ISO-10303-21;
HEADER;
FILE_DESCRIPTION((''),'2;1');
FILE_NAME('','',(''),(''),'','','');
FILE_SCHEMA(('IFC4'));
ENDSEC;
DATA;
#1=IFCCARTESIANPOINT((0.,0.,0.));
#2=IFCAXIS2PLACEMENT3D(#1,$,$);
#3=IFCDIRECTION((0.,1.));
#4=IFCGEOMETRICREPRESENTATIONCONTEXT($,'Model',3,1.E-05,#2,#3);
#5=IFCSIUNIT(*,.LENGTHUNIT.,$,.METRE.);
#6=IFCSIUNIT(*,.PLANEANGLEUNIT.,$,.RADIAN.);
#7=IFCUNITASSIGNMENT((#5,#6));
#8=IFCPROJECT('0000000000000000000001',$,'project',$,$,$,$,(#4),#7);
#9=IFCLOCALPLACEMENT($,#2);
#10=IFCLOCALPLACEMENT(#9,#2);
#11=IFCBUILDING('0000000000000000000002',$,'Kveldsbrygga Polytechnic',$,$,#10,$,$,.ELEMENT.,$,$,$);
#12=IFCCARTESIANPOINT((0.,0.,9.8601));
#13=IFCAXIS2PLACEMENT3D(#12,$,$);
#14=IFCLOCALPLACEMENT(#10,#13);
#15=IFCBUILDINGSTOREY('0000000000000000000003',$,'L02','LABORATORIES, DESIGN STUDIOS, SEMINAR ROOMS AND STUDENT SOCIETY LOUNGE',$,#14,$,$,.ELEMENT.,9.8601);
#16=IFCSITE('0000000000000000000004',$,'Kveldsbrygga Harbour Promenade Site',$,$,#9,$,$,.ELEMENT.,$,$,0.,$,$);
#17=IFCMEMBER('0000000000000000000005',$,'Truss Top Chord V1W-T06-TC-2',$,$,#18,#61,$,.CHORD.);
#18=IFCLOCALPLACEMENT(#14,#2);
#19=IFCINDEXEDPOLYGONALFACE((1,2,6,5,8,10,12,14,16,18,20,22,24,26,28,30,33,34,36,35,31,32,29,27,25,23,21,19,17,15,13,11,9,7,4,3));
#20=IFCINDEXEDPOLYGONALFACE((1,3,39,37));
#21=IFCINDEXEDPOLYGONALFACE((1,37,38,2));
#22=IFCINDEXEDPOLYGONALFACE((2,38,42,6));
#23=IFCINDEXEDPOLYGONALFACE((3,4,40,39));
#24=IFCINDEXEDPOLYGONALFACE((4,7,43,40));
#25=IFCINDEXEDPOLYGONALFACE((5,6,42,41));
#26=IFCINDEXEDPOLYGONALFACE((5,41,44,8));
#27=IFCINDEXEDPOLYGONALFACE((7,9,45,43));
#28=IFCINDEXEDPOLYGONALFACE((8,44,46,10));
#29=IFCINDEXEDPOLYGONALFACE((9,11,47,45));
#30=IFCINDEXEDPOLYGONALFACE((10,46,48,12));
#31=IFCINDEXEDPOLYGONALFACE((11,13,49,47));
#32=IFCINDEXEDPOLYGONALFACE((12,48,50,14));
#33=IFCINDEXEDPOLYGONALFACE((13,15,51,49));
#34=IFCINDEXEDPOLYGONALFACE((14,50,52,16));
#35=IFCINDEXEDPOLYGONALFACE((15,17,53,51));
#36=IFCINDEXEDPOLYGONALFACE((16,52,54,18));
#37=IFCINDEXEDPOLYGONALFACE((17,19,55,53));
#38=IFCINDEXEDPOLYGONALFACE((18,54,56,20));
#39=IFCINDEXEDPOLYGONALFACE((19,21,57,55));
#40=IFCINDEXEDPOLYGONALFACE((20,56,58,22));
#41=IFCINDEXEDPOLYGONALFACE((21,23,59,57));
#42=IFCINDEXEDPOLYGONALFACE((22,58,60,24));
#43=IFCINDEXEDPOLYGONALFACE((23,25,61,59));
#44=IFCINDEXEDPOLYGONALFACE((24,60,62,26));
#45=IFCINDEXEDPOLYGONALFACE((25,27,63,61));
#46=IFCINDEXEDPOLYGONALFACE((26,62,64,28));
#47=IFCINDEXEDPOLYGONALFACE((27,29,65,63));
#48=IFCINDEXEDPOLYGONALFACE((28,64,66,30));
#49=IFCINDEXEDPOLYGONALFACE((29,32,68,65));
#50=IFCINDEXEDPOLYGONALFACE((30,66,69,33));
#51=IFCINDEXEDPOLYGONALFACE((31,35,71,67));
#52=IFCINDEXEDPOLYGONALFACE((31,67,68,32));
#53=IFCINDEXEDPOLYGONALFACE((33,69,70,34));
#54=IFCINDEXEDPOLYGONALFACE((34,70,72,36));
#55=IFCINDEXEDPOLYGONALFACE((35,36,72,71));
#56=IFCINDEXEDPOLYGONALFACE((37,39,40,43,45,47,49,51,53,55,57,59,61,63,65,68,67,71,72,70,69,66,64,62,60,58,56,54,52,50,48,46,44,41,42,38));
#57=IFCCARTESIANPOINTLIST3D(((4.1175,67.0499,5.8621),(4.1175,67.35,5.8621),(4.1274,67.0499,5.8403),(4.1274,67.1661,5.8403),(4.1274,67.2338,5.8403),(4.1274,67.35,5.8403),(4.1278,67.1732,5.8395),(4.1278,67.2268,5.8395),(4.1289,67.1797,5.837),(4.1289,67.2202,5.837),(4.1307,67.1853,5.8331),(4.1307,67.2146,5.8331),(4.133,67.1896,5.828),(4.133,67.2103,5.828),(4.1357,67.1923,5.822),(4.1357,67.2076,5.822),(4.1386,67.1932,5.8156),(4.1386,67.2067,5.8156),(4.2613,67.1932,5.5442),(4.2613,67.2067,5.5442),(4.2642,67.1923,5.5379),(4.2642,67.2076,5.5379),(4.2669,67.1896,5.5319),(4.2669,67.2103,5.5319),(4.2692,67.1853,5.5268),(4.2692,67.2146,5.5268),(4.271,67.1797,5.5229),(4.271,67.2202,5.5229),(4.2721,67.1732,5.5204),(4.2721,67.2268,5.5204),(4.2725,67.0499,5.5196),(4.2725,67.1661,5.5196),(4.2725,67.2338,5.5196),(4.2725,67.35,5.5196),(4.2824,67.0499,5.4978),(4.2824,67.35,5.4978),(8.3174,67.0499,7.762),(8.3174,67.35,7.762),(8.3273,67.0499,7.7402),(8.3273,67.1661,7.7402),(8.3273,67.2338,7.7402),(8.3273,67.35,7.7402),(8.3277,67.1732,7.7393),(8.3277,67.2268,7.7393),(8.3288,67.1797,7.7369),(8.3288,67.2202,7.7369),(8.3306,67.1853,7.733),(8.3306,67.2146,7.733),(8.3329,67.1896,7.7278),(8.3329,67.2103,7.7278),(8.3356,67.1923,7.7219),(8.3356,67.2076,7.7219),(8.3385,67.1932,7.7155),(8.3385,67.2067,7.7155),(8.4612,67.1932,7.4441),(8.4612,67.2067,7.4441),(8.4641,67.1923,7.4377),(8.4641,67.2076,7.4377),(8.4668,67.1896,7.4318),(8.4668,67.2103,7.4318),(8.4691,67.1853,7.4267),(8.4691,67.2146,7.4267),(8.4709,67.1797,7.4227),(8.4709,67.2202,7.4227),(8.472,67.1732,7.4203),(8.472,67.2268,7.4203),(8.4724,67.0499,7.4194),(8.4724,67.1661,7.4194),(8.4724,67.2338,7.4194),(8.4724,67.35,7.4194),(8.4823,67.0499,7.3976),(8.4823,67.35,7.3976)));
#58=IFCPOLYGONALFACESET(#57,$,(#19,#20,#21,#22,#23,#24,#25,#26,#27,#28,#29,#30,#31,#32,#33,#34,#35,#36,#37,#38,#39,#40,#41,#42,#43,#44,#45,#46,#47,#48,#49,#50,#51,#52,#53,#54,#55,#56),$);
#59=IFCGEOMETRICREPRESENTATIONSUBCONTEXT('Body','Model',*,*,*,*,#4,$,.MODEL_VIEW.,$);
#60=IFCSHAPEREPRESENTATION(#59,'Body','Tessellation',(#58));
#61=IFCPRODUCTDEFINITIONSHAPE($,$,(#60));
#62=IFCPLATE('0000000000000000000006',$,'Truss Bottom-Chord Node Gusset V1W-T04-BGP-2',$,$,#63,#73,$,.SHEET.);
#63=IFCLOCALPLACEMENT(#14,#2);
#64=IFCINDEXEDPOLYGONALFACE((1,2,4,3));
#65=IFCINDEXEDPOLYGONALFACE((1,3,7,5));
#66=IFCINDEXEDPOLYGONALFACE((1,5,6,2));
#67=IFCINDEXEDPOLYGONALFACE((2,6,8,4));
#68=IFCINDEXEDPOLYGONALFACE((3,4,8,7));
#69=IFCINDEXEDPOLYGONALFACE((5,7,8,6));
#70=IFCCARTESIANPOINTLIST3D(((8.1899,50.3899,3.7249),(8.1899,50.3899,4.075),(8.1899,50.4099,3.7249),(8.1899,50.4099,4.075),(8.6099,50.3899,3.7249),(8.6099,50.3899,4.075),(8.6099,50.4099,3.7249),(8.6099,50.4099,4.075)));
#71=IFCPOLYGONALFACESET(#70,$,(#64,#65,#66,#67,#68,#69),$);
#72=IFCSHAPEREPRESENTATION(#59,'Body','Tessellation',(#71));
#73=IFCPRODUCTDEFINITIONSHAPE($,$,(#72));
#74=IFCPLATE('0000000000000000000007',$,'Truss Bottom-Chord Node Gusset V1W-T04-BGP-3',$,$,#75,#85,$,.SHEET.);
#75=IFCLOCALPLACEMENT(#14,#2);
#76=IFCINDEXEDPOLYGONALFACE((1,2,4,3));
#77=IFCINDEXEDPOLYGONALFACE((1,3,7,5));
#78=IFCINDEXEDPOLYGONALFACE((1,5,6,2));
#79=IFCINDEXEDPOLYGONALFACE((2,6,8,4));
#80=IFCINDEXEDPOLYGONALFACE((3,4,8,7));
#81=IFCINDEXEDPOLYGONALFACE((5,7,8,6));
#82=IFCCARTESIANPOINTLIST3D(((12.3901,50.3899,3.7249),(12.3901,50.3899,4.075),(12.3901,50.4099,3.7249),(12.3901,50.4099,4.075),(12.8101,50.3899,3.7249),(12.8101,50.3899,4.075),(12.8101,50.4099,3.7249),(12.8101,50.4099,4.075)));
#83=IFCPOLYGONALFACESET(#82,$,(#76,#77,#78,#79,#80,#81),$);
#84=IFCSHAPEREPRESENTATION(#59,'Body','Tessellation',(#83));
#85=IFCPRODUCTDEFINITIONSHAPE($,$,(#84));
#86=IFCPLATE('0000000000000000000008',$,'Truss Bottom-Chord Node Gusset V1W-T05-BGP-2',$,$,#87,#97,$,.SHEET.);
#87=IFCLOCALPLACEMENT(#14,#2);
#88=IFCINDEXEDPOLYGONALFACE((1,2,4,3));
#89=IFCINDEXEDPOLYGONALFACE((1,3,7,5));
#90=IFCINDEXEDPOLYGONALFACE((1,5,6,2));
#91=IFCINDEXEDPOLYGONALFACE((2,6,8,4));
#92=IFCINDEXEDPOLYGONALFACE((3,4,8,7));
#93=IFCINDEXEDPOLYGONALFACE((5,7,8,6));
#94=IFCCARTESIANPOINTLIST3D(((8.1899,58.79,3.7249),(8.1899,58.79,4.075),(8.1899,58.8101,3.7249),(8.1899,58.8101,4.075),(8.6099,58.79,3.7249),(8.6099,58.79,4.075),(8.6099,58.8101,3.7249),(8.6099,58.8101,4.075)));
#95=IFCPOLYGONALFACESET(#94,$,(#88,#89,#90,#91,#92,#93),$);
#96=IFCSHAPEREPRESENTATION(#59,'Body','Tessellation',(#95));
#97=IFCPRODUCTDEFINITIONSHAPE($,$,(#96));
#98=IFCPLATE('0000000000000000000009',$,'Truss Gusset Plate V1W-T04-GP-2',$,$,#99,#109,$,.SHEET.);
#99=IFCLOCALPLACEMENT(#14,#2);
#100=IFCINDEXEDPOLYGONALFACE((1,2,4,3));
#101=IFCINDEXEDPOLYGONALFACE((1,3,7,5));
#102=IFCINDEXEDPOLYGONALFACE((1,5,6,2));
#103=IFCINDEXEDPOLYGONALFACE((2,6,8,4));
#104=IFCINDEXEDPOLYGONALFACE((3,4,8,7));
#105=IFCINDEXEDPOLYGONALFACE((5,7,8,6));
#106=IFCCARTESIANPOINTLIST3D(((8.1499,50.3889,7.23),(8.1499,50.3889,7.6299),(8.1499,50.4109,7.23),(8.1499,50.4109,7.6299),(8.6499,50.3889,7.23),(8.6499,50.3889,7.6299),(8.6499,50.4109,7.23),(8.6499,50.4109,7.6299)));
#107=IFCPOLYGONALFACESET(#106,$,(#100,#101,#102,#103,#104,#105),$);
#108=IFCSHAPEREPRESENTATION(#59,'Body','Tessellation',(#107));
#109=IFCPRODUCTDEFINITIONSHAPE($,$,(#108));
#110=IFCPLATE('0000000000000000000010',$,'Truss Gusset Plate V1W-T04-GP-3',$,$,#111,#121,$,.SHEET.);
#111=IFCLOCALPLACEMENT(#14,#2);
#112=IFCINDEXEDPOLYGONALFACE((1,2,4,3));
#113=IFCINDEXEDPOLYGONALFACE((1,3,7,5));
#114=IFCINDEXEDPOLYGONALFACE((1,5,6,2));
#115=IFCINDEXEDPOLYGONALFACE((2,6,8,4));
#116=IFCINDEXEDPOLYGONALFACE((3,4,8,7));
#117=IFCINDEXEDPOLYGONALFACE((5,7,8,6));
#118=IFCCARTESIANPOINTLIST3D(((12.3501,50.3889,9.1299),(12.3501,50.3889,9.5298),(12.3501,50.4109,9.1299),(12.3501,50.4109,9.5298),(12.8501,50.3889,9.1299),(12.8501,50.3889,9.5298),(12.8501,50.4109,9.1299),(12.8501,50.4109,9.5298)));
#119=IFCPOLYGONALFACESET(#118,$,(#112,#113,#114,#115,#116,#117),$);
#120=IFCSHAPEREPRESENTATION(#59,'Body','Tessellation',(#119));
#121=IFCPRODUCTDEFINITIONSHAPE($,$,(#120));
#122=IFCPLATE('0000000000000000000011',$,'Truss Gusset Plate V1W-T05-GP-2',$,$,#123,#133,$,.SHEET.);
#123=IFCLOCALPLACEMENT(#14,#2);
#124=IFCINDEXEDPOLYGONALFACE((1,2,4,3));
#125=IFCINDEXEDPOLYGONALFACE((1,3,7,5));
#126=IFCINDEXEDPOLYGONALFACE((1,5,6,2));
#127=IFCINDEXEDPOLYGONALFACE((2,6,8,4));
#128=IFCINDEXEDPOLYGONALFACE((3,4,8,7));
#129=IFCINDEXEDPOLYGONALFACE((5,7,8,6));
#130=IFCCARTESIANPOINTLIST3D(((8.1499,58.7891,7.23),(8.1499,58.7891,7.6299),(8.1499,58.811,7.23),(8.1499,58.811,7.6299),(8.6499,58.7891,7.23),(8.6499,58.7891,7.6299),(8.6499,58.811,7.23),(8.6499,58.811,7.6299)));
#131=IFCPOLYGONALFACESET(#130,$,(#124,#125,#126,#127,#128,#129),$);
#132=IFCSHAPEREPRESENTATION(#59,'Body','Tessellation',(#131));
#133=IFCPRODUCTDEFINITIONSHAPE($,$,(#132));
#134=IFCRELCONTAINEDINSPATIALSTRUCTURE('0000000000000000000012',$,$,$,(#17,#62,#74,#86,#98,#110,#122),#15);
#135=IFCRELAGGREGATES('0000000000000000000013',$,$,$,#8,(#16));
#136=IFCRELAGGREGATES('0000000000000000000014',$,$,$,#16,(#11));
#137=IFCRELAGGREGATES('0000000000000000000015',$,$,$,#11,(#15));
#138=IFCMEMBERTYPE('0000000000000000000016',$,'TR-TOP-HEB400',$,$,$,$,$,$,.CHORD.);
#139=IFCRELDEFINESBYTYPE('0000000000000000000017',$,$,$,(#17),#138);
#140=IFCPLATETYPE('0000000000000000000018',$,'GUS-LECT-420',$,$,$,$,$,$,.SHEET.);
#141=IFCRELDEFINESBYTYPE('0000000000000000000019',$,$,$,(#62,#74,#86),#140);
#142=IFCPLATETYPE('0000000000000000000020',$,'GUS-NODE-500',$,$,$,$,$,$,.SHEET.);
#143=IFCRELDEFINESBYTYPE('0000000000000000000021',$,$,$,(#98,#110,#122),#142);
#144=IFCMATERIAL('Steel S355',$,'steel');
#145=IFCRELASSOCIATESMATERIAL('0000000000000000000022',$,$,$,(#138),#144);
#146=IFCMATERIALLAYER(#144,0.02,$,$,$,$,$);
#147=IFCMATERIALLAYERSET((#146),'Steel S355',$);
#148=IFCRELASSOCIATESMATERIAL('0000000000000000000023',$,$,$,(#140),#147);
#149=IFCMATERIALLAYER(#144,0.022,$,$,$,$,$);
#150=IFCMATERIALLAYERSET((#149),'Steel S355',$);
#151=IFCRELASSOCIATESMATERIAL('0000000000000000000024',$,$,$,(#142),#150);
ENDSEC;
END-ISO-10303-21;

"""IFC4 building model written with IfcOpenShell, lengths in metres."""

from ifc_helpers import new_model, si_unit, direction, frame, origin, origin_2d, place, context, subcontext, project, spatial, rectangle, i_section, extrude, material, layer, layer_set, material_profile, profile_set, type_object, element, save


model = new_model("IFC4")

# Units and contexts
model_context = context("Model", 3, precision=1e-05, world=origin(), true_north=direction((0.0, 1.0)))
body_context = subcontext(model_context, "Body", "Model", "MODEL_VIEW")
ifc_project = project(units=[si_unit("LENGTHUNIT", "METRE"), si_unit("PLANEANGLEUNIT", "RADIAN")], contexts=[model_context])

# Site, building, storey
site_placement = place(None, origin())
site = spatial("IfcSite", under=ifc_project, at=site_placement, Name="Kveldsbrygga Harbour Promenade Site", CompositionType="ELEMENT", RefElevation=0.0)
building_placement = place(site_placement, origin())
building = spatial("IfcBuilding", under=site, at=building_placement, Name="Kveldsbrygga Polytechnic", CompositionType="ELEMENT")
storey_placement = place(building_placement, frame((0.0, 0.0, 9.8601)))
storey = spatial("IfcBuildingStorey", under=building, at=storey_placement, Name="L02", Description="LABORATORIES, DESIGN STUDIOS, SEMINAR ROOMS AND STUDENT SOCIETY LOUNGE", CompositionType="ELEMENT", Elevation=9.8601)

# Member
ifc_material = material(Name="Steel S355", Category="steel")
ifc_material_profile_1 = material_profile(ifc_material, i_section(OverallWidth=0.3, OverallDepth=0.3999, WebThickness=0.0134, FlangeThickness=0.0239, FilletRadius=0.0271, at=origin_2d()), Name="HEB 400")
ifc_profile_set_1 = profile_set([ifc_material_profile_1], Name="Steel S355")
member_type_1 = type_object("IfcMemberType", Name="TR-TOP-HEB400", PredefinedType="CHORD", material=ifc_profile_set_1)
for number, where, z_axis, x_axis, name in (
    (1, (4.2, 67.2, 5.6799), (0.911114, 0.0, 0.412154), (0.0, 1.0, 0.0), "Truss Top Chord V1W-T06-TC-2"),
):
    element("IfcMember", number, at=place(storey_placement, frame(where, z_axis=z_axis, x_axis=x_axis)), inside=storey, type_object=member_type_1, Name=name, PredefinedType="CHORD", context=body_context, shape_type="SweptSolid", body=[
        extrude(i_section(OverallWidth=0.3, OverallDepth=0.3999, WebThickness=0.0134, FlangeThickness=0.0239, FilletRadius=0.0271, at=origin_2d()), origin(), (0.0, 0.0, 1.0), 4.6096),
    ])

# Plates
ifc_layer_1 = layer(ifc_material, 0.02)
ifc_layer_set_1 = layer_set([ifc_layer_1], Name="Steel S355")
plate_type_1 = type_object("IfcPlateType", Name="GUS-LECT-420", PredefinedType="SHEET", material=ifc_layer_set_1)
for number, where, z_axis, x_axis, name in (
    (2, (8.3999, 50.3999, 3.7249), (0.0, 0.0, 1.0), (1.0, 0.0, 0.0), "Truss Bottom-Chord Node Gusset V1W-T04-BGP-2"),
    (3, (12.6001, 50.3999, 3.7249), (0.0, 0.0, 1.0), (1.0, 0.0, 0.0), "Truss Bottom-Chord Node Gusset V1W-T04-BGP-3"),
    (4, (8.3999, 58.8, 3.7249), (0.0, 0.0, 1.0), (1.0, 0.0, 0.0), "Truss Bottom-Chord Node Gusset V1W-T05-BGP-2"),
):
    element("IfcPlate", number, at=place(storey_placement, frame(where, z_axis=z_axis, x_axis=x_axis)), inside=storey, type_object=plate_type_1, Name=name, PredefinedType="SHEET", context=body_context, shape_type="SweptSolid", body=[
        extrude(rectangle(XDim=0.4199, YDim=0.02, at=origin_2d()), origin(), (0.0, 0.0, 1.0), 0.3501),
    ])
ifc_layer_2 = layer(ifc_material, 0.022)
ifc_layer_set_2 = layer_set([ifc_layer_2], Name="Steel S355")
plate_type_2 = type_object("IfcPlateType", Name="GUS-NODE-500", PredefinedType="SHEET", material=ifc_layer_set_2)
for number, where, z_axis, x_axis, name in (
    (5, (8.3999, 50.3999, 7.23), (0.0, 0.0, 1.0), (1.0, 0.0, 0.0), "Truss Gusset Plate V1W-T04-GP-2"),
    (6, (12.6001, 50.3999, 9.1299), (0.0, 0.0, 1.0), (1.0, 0.0, 0.0), "Truss Gusset Plate V1W-T04-GP-3"),
    (7, (8.3999, 58.8, 7.23), (0.0, 0.0, 1.0), (1.0, 0.0, 0.0), "Truss Gusset Plate V1W-T05-GP-2"),
):
    element("IfcPlate", number, at=place(storey_placement, frame(where, z_axis=z_axis, x_axis=x_axis)), inside=storey, type_object=plate_type_2, Name=name, PredefinedType="SHEET", context=body_context, shape_type="SweptSolid", body=[
        extrude(rectangle(XDim=0.5, YDim=0.022, at=origin_2d()), origin(), (0.0, 0.0, 1.0), 0.3999),
    ])

save(model, "model.ifc")
